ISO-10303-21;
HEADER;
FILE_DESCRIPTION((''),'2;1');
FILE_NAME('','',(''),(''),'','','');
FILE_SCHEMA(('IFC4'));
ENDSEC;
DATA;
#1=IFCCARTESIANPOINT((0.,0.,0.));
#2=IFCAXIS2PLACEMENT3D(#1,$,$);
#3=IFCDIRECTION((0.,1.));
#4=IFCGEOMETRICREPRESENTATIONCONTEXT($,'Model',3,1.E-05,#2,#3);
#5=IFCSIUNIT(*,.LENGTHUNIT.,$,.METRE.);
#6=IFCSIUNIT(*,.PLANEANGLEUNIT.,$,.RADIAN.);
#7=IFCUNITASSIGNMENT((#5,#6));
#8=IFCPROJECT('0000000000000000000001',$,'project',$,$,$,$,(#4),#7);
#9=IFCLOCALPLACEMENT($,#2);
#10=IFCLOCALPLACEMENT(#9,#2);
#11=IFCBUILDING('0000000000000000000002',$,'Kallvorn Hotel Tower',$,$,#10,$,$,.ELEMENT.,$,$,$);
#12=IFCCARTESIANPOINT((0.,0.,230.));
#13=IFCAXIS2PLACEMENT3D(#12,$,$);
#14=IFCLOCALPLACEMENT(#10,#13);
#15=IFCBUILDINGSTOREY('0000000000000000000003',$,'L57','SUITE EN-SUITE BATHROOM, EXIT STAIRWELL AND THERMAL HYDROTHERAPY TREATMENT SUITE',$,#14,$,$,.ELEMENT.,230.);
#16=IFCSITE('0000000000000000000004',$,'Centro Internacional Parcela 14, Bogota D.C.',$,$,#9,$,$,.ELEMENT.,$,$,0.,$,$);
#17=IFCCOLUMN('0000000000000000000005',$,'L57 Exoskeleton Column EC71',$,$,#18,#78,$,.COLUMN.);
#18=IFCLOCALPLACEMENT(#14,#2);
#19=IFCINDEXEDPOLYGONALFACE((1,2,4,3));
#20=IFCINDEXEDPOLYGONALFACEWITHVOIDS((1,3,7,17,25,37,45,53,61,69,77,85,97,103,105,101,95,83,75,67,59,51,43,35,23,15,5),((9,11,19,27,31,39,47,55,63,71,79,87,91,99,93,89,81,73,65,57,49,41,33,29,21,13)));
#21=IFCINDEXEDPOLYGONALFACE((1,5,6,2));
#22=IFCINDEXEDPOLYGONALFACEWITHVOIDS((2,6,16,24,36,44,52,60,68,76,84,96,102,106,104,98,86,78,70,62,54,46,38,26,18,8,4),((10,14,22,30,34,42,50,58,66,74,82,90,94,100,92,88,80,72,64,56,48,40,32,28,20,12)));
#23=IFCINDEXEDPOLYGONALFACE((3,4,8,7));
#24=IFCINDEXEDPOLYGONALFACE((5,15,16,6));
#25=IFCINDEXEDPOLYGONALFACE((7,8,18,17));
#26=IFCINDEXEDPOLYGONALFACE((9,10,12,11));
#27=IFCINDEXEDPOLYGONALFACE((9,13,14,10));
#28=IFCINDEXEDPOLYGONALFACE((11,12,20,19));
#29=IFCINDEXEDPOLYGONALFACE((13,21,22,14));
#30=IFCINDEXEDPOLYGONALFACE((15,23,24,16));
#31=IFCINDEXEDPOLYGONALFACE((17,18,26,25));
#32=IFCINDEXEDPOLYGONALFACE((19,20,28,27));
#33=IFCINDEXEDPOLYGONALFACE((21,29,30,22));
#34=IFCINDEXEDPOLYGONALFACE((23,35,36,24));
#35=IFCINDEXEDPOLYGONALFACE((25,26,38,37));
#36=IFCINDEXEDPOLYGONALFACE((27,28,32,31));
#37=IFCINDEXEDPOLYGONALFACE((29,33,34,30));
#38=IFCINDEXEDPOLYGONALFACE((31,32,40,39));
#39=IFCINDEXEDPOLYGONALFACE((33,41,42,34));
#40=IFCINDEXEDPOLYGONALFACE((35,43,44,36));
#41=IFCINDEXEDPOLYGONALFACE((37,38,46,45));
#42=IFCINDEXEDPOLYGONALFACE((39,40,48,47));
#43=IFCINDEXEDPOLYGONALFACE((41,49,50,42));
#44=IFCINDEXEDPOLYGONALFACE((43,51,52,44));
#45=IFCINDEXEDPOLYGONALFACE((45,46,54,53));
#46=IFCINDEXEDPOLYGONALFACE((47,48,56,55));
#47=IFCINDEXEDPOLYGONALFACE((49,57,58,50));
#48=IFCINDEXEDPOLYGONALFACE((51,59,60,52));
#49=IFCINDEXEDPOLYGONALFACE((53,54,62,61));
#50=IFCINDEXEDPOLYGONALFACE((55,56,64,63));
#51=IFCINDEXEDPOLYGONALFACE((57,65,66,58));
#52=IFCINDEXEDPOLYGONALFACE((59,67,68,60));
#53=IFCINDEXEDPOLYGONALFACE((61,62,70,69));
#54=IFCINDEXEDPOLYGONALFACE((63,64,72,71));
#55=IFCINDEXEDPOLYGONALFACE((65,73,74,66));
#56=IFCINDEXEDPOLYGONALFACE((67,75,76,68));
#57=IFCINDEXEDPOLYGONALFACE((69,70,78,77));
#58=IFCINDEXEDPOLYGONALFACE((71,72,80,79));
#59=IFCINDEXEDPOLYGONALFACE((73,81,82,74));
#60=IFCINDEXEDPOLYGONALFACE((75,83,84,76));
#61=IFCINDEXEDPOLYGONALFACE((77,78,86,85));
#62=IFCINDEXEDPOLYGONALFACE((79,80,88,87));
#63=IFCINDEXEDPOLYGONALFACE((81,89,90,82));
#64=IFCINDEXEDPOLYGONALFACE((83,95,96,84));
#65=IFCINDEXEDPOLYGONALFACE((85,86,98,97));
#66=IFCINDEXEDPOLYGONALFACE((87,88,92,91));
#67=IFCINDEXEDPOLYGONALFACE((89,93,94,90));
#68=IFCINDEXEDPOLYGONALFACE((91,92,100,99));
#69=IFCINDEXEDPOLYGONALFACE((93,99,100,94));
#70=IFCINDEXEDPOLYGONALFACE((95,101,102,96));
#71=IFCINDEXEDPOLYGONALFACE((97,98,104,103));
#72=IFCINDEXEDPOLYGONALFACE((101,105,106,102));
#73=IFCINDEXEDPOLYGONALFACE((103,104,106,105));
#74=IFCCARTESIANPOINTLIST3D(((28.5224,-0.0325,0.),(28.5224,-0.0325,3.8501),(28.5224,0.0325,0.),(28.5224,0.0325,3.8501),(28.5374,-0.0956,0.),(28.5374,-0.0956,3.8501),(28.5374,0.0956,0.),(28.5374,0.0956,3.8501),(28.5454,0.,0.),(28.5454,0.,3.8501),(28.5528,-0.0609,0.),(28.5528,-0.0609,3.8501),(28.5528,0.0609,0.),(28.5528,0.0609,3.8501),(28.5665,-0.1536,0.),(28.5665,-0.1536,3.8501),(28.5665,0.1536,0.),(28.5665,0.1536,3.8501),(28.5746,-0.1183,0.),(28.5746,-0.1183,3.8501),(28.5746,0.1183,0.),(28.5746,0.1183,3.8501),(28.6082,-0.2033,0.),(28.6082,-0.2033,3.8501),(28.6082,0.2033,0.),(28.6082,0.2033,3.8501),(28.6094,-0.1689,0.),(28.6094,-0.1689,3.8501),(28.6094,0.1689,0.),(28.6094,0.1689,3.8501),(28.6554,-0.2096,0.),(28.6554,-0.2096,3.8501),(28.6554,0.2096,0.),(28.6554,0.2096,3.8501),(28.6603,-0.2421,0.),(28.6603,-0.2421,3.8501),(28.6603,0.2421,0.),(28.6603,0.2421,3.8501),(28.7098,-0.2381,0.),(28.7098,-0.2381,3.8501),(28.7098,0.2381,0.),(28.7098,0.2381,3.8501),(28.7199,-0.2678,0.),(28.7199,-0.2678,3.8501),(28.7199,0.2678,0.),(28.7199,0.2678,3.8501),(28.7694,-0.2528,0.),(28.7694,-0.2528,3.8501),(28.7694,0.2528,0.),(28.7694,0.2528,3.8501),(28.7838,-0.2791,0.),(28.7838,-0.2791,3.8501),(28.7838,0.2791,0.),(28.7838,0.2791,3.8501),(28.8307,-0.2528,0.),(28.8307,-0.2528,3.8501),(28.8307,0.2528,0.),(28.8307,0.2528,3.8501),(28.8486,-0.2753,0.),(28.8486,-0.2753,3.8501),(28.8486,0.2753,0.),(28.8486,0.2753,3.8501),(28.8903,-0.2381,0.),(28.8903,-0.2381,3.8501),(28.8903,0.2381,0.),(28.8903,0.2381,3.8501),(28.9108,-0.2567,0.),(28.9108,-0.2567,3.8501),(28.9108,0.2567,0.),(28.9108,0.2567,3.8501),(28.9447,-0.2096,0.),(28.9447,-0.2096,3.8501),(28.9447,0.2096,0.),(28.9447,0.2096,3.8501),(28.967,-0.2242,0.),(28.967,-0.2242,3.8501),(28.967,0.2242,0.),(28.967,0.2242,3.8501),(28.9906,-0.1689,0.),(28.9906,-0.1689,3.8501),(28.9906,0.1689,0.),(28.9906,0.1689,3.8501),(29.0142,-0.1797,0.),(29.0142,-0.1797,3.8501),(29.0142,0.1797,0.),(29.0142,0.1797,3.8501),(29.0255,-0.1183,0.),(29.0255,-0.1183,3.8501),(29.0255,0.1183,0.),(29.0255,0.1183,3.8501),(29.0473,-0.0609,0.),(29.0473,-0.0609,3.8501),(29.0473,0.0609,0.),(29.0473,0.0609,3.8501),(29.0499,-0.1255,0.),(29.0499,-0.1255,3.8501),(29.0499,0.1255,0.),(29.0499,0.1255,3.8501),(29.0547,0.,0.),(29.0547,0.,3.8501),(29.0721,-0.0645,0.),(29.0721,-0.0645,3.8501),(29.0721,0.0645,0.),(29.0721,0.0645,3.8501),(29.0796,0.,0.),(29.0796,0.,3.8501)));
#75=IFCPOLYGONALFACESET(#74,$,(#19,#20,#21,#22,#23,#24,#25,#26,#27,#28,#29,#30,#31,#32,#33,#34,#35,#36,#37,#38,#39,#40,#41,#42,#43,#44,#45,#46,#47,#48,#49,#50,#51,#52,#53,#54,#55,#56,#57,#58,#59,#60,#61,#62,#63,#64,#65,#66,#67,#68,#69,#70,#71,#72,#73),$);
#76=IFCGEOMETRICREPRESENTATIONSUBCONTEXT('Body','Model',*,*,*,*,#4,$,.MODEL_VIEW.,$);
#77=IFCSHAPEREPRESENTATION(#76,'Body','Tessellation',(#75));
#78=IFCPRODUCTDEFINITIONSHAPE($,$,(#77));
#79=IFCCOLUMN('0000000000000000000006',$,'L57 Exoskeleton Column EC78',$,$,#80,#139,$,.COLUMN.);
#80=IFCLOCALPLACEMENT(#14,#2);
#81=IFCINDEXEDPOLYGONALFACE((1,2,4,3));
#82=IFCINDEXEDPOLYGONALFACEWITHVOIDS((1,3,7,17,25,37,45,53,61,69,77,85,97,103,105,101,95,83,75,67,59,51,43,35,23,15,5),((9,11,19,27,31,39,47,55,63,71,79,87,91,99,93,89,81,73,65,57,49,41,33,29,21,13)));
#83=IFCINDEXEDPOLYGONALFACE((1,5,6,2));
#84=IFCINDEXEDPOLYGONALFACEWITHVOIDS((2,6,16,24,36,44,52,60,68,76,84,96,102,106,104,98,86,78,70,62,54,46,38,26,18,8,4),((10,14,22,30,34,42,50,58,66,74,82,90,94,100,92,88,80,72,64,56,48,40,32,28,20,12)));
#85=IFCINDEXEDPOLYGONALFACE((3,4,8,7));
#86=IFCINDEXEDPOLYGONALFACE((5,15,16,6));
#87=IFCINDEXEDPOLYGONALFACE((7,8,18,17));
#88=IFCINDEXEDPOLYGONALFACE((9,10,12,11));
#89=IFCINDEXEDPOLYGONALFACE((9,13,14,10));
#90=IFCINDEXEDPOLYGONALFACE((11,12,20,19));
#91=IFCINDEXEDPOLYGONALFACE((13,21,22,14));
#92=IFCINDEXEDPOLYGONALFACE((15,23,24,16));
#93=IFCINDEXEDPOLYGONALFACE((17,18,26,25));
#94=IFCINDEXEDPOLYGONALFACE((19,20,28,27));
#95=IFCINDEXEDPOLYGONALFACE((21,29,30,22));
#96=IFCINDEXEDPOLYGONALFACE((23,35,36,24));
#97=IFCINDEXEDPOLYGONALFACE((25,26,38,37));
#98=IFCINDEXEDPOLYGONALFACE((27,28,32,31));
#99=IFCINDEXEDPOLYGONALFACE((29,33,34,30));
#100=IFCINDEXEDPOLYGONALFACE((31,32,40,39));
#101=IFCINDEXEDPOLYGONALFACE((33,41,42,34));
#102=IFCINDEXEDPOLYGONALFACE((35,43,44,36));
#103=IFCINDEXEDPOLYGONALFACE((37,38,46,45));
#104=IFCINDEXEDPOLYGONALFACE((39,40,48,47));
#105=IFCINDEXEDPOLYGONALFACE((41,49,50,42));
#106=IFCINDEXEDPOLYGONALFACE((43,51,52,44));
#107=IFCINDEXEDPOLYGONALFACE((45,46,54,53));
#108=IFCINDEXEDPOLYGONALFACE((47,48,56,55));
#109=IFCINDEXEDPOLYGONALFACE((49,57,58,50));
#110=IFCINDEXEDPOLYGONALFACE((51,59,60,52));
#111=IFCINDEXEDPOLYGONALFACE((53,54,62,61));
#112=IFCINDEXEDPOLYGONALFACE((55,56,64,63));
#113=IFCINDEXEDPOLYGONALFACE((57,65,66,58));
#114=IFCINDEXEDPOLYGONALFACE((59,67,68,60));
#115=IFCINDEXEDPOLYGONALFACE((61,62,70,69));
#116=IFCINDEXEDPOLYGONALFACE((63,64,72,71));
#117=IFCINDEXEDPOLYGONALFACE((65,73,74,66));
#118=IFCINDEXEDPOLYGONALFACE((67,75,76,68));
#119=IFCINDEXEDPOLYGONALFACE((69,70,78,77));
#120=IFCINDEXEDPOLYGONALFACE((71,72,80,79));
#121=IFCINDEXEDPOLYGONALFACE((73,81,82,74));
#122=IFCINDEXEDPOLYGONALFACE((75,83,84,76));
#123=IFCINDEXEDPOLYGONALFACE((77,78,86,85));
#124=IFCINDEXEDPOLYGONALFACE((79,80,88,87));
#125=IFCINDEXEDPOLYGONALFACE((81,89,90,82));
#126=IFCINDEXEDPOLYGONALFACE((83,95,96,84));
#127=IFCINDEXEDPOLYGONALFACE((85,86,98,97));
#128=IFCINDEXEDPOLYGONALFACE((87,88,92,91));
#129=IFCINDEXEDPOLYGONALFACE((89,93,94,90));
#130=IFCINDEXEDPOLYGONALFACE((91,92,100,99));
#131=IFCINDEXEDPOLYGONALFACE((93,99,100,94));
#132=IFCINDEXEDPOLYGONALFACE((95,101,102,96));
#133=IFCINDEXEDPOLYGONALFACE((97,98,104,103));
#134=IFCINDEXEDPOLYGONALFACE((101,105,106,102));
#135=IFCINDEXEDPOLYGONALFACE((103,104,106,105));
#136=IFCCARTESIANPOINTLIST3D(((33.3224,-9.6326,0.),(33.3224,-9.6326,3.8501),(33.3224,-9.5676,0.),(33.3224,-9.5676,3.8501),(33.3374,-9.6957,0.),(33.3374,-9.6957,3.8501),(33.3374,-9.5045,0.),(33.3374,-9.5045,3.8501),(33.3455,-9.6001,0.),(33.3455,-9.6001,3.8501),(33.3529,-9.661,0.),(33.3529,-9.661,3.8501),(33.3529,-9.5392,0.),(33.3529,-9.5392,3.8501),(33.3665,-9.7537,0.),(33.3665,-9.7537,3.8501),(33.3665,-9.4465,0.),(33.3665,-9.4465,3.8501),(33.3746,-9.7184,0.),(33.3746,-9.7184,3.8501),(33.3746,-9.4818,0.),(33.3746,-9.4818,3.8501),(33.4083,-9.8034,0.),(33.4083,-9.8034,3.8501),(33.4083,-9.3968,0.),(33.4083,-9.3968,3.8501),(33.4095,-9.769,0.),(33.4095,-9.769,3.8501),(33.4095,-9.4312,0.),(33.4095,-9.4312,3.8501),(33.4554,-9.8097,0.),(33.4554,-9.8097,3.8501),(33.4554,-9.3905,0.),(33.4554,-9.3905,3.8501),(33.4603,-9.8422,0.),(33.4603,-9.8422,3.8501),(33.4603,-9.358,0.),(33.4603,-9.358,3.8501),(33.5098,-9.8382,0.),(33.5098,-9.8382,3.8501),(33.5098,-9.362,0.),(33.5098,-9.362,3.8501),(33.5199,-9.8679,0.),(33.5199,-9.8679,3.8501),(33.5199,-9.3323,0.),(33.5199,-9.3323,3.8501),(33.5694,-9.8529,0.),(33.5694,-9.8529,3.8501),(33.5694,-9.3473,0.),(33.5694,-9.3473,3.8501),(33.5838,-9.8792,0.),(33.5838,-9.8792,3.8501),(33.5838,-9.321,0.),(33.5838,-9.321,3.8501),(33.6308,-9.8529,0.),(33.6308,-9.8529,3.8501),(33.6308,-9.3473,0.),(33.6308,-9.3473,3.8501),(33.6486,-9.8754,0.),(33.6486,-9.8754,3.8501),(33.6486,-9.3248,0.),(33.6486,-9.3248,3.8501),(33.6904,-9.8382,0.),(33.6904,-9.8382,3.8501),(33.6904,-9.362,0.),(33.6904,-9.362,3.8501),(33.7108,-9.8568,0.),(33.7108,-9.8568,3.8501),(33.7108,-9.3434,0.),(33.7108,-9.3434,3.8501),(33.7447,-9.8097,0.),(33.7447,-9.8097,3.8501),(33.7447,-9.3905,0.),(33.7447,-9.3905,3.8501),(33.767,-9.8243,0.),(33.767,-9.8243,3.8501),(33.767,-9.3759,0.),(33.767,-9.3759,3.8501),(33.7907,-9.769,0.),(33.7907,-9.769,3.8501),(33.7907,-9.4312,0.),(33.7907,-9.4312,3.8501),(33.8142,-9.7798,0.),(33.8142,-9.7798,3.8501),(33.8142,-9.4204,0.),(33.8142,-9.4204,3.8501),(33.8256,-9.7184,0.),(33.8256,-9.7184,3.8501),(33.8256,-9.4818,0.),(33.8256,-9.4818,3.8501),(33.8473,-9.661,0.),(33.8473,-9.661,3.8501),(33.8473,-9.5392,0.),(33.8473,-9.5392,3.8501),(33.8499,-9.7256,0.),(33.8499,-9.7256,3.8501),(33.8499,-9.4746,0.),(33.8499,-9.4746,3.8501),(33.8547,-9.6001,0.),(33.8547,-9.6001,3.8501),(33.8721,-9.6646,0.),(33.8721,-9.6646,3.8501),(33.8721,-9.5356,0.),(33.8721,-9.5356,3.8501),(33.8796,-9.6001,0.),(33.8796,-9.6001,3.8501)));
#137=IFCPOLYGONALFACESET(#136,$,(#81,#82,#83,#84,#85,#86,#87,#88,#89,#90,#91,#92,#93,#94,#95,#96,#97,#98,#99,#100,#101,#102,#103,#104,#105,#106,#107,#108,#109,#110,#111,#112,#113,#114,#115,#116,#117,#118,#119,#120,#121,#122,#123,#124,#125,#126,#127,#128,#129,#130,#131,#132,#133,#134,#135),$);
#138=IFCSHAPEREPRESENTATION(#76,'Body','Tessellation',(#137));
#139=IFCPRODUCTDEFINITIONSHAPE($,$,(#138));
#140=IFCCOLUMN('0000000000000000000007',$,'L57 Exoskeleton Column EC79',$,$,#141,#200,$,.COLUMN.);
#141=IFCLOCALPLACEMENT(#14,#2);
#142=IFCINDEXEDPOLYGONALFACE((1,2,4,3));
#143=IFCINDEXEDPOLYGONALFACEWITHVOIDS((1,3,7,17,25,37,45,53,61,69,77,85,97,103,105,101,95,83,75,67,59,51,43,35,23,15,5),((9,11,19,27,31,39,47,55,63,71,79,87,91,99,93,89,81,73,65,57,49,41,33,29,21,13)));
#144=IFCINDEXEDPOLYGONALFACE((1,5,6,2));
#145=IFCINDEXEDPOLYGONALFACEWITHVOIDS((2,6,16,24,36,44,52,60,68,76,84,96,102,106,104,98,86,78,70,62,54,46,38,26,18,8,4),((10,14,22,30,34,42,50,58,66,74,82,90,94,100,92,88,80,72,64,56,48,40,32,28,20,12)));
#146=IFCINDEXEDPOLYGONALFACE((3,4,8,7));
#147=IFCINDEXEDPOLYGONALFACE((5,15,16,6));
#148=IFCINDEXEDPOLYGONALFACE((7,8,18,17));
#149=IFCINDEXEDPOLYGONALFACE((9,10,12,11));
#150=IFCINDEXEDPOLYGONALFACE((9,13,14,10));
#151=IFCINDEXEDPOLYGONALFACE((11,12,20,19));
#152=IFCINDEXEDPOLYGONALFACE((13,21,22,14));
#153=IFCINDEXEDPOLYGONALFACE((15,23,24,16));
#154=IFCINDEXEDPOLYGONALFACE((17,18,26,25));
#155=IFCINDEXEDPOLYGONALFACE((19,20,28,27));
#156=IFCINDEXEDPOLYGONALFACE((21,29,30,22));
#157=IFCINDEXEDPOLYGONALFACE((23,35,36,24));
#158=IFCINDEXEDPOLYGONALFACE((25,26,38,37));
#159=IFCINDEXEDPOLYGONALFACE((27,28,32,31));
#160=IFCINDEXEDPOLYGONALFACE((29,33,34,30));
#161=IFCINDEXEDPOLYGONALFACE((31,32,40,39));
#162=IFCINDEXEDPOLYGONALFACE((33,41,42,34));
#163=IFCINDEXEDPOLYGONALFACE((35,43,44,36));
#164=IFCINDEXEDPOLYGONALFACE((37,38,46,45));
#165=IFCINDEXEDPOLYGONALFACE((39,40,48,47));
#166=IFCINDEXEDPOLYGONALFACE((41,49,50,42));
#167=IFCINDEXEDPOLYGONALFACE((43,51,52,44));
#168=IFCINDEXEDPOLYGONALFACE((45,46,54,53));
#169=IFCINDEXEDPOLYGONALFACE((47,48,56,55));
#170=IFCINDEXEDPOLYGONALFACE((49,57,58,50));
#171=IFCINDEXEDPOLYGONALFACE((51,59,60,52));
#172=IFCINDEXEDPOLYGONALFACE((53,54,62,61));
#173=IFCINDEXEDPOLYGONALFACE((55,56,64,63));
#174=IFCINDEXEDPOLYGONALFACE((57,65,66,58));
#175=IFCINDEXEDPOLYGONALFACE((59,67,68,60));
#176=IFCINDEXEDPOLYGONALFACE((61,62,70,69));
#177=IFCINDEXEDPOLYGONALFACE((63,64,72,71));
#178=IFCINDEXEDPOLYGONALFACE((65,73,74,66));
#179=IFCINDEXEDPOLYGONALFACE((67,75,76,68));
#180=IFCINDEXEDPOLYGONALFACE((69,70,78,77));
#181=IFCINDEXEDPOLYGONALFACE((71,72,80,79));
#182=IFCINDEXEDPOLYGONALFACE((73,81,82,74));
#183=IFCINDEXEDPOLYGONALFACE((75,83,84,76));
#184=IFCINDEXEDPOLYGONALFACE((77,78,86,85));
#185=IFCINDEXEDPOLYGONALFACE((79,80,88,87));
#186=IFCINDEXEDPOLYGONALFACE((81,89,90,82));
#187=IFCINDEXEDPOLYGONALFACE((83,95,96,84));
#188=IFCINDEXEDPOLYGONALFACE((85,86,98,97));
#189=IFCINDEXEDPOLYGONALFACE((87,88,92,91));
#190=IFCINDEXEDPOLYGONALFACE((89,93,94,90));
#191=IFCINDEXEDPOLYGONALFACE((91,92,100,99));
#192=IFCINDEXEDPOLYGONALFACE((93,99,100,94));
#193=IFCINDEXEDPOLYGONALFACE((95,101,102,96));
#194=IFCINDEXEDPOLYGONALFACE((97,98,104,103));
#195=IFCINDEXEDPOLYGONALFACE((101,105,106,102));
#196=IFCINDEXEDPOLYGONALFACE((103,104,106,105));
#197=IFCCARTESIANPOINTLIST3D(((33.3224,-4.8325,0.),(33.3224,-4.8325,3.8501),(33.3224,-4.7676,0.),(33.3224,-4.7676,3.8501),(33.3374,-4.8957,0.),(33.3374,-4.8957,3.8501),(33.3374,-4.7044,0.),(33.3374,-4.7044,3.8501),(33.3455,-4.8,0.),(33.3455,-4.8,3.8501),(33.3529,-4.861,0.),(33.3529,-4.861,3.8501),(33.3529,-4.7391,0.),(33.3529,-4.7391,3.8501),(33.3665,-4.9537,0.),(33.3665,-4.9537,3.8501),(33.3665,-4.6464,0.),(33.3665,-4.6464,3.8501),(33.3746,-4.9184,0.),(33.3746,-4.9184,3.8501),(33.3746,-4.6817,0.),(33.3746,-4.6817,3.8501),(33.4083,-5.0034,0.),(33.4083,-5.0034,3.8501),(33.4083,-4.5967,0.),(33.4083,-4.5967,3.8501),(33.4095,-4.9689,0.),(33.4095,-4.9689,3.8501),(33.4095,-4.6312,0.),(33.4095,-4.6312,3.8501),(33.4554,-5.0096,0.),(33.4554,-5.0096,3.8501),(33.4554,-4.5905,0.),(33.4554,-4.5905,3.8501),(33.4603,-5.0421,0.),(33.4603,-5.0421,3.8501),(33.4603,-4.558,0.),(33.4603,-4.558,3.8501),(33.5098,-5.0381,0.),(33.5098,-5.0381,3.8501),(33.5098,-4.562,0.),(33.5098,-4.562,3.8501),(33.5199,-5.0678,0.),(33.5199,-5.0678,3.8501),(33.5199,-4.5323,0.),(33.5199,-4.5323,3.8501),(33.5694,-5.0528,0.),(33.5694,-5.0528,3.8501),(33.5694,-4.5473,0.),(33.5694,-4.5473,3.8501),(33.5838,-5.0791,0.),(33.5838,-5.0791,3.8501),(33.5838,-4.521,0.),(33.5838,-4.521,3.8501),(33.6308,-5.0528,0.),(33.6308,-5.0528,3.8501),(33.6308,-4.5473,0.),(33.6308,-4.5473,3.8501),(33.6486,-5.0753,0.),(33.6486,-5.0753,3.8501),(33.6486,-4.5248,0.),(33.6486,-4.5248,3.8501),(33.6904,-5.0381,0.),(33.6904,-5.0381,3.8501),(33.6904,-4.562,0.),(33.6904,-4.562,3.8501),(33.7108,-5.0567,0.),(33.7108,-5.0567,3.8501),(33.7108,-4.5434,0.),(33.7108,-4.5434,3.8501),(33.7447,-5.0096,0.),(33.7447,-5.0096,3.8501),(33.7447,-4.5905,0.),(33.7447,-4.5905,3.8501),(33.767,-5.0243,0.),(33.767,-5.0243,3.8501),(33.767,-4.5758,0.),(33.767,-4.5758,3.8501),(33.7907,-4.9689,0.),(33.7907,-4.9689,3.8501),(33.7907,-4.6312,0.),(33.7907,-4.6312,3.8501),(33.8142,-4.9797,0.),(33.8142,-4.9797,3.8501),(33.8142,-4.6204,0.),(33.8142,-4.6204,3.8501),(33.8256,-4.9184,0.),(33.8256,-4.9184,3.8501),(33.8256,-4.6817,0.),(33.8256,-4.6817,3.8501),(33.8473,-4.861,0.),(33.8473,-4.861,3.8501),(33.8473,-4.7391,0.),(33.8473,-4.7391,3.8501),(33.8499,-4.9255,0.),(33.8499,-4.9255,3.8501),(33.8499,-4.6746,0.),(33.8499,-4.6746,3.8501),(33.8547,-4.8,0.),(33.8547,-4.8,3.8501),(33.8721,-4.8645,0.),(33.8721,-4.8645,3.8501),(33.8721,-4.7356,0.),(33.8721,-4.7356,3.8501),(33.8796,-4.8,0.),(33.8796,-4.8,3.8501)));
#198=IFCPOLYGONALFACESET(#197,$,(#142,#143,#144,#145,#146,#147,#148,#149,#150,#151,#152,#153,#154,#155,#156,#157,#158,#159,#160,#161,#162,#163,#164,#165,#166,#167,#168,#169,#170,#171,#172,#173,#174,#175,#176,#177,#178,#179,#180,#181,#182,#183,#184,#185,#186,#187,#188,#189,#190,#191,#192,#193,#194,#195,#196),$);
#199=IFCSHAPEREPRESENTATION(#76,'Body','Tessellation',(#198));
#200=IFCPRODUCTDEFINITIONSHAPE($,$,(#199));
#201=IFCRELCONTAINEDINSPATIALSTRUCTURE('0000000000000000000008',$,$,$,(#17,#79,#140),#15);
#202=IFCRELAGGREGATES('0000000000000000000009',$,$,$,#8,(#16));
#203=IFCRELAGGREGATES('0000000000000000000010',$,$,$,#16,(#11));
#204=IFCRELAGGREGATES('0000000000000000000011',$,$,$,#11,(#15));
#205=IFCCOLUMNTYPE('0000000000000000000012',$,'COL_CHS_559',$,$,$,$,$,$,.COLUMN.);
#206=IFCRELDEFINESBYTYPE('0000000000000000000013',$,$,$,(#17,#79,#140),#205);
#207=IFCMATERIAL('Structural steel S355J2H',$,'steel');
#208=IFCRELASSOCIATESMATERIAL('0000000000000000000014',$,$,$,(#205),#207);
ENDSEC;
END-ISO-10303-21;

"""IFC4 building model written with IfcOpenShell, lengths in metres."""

from ifc_helpers import new_model, si_unit, direction, frame, origin, origin_2d, place, context, subcontext, project, spatial, hollow_circle, extrude, material, material_profile, profile_set, type_object, element, save


model = new_model("IFC4")

# Units and contexts
model_context = context("Model", 3, precision=1e-05, world=origin(), true_north=direction((0.0, 1.0)))
body_context = subcontext(model_context, "Body", "Model", "MODEL_VIEW")
ifc_project = project(units=[si_unit("LENGTHUNIT", "METRE"), si_unit("PLANEANGLEUNIT", "RADIAN")], contexts=[model_context])

# Site, building, storey
site_placement = place(None, origin())
site = spatial("IfcSite", under=ifc_project, at=site_placement, Name="Centro Internacional Parcela 14, Bogota D.C.", CompositionType="ELEMENT", RefElevation=0.0)
building_placement = place(site_placement, origin())
building = spatial("IfcBuilding", under=site, at=building_placement, Name="Kallvorn Hotel Tower", CompositionType="ELEMENT")
storey_placement = place(building_placement, frame((0.0, 0.0, 230.0)))
storey = spatial("IfcBuildingStorey", under=building, at=storey_placement, Name="L57", Description="SUITE EN-SUITE BATHROOM, EXIT STAIRWELL AND THERMAL HYDROTHERAPY TREATMENT SUITE", CompositionType="ELEMENT", Elevation=230.0)

# Columns
ifc_material_1 = material(Name="Structural steel S355J2H", Category="steel")
ifc_material_profile_1 = material_profile(ifc_material_1, hollow_circle(Radius=0.2795, WallThickness=0.0249, at=origin_2d()), Name="CHS 559x25")
ifc_profile_set_1 = profile_set([ifc_material_profile_1], Name="Structural steel S355J2H")
column_type_1 = type_object("IfcColumnType", Name="COL_CHS_559", PredefinedType="COLUMN", material=ifc_profile_set_1)
for number, where, z_axis, x_axis, name in (
    (1, (28.8, 0.0, 0.0), (0.0, 0.0, 1.0), (1.0, 0.0, 0.0), "L57 Exoskeleton Column EC71"),
    (2, (33.6001, -9.6001, 0.0), (0.0, 0.0, 1.0), (1.0, 0.0, 0.0), "L57 Exoskeleton Column EC78"),
    (3, (33.6001, -4.8, 0.0), (0.0, 0.0, 1.0), (1.0, 0.0, 0.0), "L57 Exoskeleton Column EC79"),
):
    element("IfcColumn", number, at=place(storey_placement, frame(where, z_axis=z_axis, x_axis=x_axis)), inside=storey, type_object=column_type_1, Name=name, PredefinedType="COLUMN", context=body_context, shape_type="SweptSolid", body=[
        extrude(hollow_circle(Radius=0.2795, WallThickness=0.0249, at=origin_2d()), origin(), (0.0, 0.0, 1.0), 3.8501),
    ])

save(model, "model.ifc")
